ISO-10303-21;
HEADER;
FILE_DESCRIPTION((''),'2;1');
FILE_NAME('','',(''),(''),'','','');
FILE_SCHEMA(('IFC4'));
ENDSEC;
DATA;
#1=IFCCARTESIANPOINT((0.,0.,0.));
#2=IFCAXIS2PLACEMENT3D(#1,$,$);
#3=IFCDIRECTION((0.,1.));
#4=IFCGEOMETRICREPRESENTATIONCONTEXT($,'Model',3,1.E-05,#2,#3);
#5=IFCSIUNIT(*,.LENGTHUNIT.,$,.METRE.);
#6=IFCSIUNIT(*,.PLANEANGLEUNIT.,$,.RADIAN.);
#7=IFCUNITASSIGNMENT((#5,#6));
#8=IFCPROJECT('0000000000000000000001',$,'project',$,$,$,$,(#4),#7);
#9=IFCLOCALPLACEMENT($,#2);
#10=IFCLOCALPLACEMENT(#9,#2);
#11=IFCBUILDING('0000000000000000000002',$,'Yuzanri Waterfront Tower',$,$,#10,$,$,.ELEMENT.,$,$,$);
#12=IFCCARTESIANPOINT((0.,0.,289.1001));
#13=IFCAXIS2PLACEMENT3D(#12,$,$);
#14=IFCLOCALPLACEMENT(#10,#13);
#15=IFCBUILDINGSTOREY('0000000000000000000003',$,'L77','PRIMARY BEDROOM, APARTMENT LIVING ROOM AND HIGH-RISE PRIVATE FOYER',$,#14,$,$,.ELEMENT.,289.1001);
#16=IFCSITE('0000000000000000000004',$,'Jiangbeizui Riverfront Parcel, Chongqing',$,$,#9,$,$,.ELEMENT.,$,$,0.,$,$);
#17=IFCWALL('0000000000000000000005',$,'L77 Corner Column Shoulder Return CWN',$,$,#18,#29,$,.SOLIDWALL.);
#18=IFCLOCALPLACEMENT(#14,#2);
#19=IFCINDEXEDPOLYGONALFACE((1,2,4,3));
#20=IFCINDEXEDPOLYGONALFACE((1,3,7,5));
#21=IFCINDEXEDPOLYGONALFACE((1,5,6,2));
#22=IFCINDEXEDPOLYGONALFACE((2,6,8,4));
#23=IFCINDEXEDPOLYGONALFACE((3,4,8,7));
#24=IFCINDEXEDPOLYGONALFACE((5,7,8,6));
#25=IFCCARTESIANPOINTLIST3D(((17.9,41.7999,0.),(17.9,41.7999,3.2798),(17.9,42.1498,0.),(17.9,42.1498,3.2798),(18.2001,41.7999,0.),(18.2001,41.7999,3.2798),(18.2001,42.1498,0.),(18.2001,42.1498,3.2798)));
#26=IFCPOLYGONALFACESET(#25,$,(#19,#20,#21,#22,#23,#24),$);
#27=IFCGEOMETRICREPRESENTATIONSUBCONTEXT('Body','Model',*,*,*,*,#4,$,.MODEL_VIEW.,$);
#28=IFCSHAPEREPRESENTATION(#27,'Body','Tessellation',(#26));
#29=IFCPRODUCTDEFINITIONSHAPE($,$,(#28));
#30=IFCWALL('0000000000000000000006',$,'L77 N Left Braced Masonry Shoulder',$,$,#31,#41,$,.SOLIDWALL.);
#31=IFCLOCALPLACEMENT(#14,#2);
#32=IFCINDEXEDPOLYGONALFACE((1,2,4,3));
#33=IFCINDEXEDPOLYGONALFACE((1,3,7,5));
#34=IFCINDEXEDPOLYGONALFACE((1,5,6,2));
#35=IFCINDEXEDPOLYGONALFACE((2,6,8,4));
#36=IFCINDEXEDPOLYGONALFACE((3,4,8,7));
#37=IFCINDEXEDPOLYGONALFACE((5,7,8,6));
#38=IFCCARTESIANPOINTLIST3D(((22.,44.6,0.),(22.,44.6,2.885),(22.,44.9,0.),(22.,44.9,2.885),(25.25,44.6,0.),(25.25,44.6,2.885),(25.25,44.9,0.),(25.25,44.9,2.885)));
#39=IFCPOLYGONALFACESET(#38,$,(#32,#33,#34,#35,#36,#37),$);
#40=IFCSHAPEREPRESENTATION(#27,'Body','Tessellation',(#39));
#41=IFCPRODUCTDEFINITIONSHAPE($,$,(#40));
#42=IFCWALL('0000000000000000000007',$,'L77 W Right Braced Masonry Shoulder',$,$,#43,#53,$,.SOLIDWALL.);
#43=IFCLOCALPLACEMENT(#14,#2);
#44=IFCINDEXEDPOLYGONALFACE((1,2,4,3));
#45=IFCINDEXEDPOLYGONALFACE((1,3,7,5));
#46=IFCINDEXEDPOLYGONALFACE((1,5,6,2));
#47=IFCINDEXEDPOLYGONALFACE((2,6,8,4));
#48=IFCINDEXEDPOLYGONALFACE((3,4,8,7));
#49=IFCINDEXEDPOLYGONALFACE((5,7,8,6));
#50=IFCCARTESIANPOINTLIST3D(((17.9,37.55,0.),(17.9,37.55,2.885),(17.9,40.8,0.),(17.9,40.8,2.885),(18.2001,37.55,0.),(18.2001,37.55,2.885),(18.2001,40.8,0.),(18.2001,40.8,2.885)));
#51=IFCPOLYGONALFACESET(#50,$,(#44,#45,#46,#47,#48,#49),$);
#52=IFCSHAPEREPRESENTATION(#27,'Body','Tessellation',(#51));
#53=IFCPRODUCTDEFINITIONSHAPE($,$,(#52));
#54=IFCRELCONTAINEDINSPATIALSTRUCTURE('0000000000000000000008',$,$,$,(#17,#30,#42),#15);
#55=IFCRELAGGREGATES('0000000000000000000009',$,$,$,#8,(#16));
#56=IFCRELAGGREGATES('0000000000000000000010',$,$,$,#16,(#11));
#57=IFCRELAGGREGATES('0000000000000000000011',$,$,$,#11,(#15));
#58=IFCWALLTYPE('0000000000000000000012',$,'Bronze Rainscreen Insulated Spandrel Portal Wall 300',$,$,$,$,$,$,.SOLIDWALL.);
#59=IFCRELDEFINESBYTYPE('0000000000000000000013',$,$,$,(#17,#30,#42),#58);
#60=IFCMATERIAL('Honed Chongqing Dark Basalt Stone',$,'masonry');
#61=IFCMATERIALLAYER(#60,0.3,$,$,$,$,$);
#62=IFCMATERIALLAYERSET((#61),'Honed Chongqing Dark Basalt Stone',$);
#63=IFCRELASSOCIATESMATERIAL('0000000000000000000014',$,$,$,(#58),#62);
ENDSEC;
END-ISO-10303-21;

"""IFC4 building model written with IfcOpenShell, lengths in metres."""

from ifc_helpers import new_model, si_unit, direction, frame, frame_2d, origin, place, context, subcontext, project, spatial, rectangle, extrude, source, transform, mapped, material, layer, layer_set, type_object, element, save


model = new_model("IFC4")

# Units and contexts
model_context = context("Model", 3, precision=1e-05, world=origin(), true_north=direction((0.0, 1.0)))
body_context = subcontext(model_context, "Body", "Model", "MODEL_VIEW")
ifc_project = project(units=[si_unit("LENGTHUNIT", "METRE"), si_unit("PLANEANGLEUNIT", "RADIAN")], contexts=[model_context])

# Site, building, storey
site_placement = place(None, origin())
site = spatial("IfcSite", under=ifc_project, at=site_placement, Name="Jiangbeizui Riverfront Parcel, Chongqing", CompositionType="ELEMENT", RefElevation=0.0)
building_placement = place(site_placement, origin())
building = spatial("IfcBuilding", under=site, at=building_placement, Name="Yuzanri Waterfront Tower", CompositionType="ELEMENT")
storey_placement = place(building_placement, frame((0.0, 0.0, 289.1001)))
storey = spatial("IfcBuildingStorey", under=building, at=storey_placement, Name="L77", Description="PRIMARY BEDROOM, APARTMENT LIVING ROOM AND HIGH-RISE PRIVATE FOYER", CompositionType="ELEMENT", Elevation=289.1001)

# Shared definitions
ifc_material_1 = material(Name="Honed Chongqing Dark Basalt Stone", Category="masonry")
ifc_layer_1 = layer(ifc_material_1, 0.3)
ifc_layer_set_1 = layer_set([ifc_layer_1], Name="Honed Chongqing Dark Basalt Stone")
wall_type_1 = type_object("IfcWallType", Name="Bronze Rainscreen Insulated Spandrel Portal Wall 300", PredefinedType="SOLIDWALL", material=ifc_layer_set_1)

# Walls
shared_shape_1 = source(origin(), body_context, "Body", "SweptSolid", [
    extrude(rectangle(XDim=0.3499, YDim=0.3, at=frame_2d((0.1748, 0.0))), origin(), (0.0, 0.0, 1.0), 3.2798),
])
wall_1_placement = place(storey_placement, frame((18.05, 41.8, 0.0), z_axis=(0.0, 0.0, 1.0), x_axis=(0.0, 1.0, 0.0)))
element("IfcWall", 1, at=wall_1_placement, inside=storey, type_object=wall_type_1, Name="L77 Corner Column Shoulder Return CWN", PredefinedType="SOLIDWALL", context=body_context, shape_type="MappedRepresentation", body=[
    mapped(shared_shape_1, transform((0.0, 0.0, 0.0), scale=1.0)),
])
shared_shape_2 = source(origin(), body_context, "Body", "SweptSolid", [
    extrude(rectangle(XDim=3.25, YDim=0.3, at=frame_2d((1.625, 0.0))), origin(), (0.0, 0.0, 1.0), 2.885),
])
for number, where, z_axis, x_axis, name in (
    (2, (22.0, 44.75, 0.0), (0.0, 0.0, 1.0), (1.0, 0.0, 0.0), "L77 N Left Braced Masonry Shoulder"),
    (3, (18.05, 37.55, 0.0), (0.0, 0.0, 1.0), (0.0, 1.0, 0.0), "L77 W Right Braced Masonry Shoulder"),
):
    element("IfcWall", number, at=place(storey_placement, frame(where, z_axis=z_axis, x_axis=x_axis)), inside=storey, type_object=wall_type_1, Name=name, PredefinedType="SOLIDWALL", context=body_context, shape_type="MappedRepresentation", body=[
        mapped(shared_shape_2, transform((0.0, 0.0, 0.0), scale=1.0)),
    ])

save(model, "model.ifc")
